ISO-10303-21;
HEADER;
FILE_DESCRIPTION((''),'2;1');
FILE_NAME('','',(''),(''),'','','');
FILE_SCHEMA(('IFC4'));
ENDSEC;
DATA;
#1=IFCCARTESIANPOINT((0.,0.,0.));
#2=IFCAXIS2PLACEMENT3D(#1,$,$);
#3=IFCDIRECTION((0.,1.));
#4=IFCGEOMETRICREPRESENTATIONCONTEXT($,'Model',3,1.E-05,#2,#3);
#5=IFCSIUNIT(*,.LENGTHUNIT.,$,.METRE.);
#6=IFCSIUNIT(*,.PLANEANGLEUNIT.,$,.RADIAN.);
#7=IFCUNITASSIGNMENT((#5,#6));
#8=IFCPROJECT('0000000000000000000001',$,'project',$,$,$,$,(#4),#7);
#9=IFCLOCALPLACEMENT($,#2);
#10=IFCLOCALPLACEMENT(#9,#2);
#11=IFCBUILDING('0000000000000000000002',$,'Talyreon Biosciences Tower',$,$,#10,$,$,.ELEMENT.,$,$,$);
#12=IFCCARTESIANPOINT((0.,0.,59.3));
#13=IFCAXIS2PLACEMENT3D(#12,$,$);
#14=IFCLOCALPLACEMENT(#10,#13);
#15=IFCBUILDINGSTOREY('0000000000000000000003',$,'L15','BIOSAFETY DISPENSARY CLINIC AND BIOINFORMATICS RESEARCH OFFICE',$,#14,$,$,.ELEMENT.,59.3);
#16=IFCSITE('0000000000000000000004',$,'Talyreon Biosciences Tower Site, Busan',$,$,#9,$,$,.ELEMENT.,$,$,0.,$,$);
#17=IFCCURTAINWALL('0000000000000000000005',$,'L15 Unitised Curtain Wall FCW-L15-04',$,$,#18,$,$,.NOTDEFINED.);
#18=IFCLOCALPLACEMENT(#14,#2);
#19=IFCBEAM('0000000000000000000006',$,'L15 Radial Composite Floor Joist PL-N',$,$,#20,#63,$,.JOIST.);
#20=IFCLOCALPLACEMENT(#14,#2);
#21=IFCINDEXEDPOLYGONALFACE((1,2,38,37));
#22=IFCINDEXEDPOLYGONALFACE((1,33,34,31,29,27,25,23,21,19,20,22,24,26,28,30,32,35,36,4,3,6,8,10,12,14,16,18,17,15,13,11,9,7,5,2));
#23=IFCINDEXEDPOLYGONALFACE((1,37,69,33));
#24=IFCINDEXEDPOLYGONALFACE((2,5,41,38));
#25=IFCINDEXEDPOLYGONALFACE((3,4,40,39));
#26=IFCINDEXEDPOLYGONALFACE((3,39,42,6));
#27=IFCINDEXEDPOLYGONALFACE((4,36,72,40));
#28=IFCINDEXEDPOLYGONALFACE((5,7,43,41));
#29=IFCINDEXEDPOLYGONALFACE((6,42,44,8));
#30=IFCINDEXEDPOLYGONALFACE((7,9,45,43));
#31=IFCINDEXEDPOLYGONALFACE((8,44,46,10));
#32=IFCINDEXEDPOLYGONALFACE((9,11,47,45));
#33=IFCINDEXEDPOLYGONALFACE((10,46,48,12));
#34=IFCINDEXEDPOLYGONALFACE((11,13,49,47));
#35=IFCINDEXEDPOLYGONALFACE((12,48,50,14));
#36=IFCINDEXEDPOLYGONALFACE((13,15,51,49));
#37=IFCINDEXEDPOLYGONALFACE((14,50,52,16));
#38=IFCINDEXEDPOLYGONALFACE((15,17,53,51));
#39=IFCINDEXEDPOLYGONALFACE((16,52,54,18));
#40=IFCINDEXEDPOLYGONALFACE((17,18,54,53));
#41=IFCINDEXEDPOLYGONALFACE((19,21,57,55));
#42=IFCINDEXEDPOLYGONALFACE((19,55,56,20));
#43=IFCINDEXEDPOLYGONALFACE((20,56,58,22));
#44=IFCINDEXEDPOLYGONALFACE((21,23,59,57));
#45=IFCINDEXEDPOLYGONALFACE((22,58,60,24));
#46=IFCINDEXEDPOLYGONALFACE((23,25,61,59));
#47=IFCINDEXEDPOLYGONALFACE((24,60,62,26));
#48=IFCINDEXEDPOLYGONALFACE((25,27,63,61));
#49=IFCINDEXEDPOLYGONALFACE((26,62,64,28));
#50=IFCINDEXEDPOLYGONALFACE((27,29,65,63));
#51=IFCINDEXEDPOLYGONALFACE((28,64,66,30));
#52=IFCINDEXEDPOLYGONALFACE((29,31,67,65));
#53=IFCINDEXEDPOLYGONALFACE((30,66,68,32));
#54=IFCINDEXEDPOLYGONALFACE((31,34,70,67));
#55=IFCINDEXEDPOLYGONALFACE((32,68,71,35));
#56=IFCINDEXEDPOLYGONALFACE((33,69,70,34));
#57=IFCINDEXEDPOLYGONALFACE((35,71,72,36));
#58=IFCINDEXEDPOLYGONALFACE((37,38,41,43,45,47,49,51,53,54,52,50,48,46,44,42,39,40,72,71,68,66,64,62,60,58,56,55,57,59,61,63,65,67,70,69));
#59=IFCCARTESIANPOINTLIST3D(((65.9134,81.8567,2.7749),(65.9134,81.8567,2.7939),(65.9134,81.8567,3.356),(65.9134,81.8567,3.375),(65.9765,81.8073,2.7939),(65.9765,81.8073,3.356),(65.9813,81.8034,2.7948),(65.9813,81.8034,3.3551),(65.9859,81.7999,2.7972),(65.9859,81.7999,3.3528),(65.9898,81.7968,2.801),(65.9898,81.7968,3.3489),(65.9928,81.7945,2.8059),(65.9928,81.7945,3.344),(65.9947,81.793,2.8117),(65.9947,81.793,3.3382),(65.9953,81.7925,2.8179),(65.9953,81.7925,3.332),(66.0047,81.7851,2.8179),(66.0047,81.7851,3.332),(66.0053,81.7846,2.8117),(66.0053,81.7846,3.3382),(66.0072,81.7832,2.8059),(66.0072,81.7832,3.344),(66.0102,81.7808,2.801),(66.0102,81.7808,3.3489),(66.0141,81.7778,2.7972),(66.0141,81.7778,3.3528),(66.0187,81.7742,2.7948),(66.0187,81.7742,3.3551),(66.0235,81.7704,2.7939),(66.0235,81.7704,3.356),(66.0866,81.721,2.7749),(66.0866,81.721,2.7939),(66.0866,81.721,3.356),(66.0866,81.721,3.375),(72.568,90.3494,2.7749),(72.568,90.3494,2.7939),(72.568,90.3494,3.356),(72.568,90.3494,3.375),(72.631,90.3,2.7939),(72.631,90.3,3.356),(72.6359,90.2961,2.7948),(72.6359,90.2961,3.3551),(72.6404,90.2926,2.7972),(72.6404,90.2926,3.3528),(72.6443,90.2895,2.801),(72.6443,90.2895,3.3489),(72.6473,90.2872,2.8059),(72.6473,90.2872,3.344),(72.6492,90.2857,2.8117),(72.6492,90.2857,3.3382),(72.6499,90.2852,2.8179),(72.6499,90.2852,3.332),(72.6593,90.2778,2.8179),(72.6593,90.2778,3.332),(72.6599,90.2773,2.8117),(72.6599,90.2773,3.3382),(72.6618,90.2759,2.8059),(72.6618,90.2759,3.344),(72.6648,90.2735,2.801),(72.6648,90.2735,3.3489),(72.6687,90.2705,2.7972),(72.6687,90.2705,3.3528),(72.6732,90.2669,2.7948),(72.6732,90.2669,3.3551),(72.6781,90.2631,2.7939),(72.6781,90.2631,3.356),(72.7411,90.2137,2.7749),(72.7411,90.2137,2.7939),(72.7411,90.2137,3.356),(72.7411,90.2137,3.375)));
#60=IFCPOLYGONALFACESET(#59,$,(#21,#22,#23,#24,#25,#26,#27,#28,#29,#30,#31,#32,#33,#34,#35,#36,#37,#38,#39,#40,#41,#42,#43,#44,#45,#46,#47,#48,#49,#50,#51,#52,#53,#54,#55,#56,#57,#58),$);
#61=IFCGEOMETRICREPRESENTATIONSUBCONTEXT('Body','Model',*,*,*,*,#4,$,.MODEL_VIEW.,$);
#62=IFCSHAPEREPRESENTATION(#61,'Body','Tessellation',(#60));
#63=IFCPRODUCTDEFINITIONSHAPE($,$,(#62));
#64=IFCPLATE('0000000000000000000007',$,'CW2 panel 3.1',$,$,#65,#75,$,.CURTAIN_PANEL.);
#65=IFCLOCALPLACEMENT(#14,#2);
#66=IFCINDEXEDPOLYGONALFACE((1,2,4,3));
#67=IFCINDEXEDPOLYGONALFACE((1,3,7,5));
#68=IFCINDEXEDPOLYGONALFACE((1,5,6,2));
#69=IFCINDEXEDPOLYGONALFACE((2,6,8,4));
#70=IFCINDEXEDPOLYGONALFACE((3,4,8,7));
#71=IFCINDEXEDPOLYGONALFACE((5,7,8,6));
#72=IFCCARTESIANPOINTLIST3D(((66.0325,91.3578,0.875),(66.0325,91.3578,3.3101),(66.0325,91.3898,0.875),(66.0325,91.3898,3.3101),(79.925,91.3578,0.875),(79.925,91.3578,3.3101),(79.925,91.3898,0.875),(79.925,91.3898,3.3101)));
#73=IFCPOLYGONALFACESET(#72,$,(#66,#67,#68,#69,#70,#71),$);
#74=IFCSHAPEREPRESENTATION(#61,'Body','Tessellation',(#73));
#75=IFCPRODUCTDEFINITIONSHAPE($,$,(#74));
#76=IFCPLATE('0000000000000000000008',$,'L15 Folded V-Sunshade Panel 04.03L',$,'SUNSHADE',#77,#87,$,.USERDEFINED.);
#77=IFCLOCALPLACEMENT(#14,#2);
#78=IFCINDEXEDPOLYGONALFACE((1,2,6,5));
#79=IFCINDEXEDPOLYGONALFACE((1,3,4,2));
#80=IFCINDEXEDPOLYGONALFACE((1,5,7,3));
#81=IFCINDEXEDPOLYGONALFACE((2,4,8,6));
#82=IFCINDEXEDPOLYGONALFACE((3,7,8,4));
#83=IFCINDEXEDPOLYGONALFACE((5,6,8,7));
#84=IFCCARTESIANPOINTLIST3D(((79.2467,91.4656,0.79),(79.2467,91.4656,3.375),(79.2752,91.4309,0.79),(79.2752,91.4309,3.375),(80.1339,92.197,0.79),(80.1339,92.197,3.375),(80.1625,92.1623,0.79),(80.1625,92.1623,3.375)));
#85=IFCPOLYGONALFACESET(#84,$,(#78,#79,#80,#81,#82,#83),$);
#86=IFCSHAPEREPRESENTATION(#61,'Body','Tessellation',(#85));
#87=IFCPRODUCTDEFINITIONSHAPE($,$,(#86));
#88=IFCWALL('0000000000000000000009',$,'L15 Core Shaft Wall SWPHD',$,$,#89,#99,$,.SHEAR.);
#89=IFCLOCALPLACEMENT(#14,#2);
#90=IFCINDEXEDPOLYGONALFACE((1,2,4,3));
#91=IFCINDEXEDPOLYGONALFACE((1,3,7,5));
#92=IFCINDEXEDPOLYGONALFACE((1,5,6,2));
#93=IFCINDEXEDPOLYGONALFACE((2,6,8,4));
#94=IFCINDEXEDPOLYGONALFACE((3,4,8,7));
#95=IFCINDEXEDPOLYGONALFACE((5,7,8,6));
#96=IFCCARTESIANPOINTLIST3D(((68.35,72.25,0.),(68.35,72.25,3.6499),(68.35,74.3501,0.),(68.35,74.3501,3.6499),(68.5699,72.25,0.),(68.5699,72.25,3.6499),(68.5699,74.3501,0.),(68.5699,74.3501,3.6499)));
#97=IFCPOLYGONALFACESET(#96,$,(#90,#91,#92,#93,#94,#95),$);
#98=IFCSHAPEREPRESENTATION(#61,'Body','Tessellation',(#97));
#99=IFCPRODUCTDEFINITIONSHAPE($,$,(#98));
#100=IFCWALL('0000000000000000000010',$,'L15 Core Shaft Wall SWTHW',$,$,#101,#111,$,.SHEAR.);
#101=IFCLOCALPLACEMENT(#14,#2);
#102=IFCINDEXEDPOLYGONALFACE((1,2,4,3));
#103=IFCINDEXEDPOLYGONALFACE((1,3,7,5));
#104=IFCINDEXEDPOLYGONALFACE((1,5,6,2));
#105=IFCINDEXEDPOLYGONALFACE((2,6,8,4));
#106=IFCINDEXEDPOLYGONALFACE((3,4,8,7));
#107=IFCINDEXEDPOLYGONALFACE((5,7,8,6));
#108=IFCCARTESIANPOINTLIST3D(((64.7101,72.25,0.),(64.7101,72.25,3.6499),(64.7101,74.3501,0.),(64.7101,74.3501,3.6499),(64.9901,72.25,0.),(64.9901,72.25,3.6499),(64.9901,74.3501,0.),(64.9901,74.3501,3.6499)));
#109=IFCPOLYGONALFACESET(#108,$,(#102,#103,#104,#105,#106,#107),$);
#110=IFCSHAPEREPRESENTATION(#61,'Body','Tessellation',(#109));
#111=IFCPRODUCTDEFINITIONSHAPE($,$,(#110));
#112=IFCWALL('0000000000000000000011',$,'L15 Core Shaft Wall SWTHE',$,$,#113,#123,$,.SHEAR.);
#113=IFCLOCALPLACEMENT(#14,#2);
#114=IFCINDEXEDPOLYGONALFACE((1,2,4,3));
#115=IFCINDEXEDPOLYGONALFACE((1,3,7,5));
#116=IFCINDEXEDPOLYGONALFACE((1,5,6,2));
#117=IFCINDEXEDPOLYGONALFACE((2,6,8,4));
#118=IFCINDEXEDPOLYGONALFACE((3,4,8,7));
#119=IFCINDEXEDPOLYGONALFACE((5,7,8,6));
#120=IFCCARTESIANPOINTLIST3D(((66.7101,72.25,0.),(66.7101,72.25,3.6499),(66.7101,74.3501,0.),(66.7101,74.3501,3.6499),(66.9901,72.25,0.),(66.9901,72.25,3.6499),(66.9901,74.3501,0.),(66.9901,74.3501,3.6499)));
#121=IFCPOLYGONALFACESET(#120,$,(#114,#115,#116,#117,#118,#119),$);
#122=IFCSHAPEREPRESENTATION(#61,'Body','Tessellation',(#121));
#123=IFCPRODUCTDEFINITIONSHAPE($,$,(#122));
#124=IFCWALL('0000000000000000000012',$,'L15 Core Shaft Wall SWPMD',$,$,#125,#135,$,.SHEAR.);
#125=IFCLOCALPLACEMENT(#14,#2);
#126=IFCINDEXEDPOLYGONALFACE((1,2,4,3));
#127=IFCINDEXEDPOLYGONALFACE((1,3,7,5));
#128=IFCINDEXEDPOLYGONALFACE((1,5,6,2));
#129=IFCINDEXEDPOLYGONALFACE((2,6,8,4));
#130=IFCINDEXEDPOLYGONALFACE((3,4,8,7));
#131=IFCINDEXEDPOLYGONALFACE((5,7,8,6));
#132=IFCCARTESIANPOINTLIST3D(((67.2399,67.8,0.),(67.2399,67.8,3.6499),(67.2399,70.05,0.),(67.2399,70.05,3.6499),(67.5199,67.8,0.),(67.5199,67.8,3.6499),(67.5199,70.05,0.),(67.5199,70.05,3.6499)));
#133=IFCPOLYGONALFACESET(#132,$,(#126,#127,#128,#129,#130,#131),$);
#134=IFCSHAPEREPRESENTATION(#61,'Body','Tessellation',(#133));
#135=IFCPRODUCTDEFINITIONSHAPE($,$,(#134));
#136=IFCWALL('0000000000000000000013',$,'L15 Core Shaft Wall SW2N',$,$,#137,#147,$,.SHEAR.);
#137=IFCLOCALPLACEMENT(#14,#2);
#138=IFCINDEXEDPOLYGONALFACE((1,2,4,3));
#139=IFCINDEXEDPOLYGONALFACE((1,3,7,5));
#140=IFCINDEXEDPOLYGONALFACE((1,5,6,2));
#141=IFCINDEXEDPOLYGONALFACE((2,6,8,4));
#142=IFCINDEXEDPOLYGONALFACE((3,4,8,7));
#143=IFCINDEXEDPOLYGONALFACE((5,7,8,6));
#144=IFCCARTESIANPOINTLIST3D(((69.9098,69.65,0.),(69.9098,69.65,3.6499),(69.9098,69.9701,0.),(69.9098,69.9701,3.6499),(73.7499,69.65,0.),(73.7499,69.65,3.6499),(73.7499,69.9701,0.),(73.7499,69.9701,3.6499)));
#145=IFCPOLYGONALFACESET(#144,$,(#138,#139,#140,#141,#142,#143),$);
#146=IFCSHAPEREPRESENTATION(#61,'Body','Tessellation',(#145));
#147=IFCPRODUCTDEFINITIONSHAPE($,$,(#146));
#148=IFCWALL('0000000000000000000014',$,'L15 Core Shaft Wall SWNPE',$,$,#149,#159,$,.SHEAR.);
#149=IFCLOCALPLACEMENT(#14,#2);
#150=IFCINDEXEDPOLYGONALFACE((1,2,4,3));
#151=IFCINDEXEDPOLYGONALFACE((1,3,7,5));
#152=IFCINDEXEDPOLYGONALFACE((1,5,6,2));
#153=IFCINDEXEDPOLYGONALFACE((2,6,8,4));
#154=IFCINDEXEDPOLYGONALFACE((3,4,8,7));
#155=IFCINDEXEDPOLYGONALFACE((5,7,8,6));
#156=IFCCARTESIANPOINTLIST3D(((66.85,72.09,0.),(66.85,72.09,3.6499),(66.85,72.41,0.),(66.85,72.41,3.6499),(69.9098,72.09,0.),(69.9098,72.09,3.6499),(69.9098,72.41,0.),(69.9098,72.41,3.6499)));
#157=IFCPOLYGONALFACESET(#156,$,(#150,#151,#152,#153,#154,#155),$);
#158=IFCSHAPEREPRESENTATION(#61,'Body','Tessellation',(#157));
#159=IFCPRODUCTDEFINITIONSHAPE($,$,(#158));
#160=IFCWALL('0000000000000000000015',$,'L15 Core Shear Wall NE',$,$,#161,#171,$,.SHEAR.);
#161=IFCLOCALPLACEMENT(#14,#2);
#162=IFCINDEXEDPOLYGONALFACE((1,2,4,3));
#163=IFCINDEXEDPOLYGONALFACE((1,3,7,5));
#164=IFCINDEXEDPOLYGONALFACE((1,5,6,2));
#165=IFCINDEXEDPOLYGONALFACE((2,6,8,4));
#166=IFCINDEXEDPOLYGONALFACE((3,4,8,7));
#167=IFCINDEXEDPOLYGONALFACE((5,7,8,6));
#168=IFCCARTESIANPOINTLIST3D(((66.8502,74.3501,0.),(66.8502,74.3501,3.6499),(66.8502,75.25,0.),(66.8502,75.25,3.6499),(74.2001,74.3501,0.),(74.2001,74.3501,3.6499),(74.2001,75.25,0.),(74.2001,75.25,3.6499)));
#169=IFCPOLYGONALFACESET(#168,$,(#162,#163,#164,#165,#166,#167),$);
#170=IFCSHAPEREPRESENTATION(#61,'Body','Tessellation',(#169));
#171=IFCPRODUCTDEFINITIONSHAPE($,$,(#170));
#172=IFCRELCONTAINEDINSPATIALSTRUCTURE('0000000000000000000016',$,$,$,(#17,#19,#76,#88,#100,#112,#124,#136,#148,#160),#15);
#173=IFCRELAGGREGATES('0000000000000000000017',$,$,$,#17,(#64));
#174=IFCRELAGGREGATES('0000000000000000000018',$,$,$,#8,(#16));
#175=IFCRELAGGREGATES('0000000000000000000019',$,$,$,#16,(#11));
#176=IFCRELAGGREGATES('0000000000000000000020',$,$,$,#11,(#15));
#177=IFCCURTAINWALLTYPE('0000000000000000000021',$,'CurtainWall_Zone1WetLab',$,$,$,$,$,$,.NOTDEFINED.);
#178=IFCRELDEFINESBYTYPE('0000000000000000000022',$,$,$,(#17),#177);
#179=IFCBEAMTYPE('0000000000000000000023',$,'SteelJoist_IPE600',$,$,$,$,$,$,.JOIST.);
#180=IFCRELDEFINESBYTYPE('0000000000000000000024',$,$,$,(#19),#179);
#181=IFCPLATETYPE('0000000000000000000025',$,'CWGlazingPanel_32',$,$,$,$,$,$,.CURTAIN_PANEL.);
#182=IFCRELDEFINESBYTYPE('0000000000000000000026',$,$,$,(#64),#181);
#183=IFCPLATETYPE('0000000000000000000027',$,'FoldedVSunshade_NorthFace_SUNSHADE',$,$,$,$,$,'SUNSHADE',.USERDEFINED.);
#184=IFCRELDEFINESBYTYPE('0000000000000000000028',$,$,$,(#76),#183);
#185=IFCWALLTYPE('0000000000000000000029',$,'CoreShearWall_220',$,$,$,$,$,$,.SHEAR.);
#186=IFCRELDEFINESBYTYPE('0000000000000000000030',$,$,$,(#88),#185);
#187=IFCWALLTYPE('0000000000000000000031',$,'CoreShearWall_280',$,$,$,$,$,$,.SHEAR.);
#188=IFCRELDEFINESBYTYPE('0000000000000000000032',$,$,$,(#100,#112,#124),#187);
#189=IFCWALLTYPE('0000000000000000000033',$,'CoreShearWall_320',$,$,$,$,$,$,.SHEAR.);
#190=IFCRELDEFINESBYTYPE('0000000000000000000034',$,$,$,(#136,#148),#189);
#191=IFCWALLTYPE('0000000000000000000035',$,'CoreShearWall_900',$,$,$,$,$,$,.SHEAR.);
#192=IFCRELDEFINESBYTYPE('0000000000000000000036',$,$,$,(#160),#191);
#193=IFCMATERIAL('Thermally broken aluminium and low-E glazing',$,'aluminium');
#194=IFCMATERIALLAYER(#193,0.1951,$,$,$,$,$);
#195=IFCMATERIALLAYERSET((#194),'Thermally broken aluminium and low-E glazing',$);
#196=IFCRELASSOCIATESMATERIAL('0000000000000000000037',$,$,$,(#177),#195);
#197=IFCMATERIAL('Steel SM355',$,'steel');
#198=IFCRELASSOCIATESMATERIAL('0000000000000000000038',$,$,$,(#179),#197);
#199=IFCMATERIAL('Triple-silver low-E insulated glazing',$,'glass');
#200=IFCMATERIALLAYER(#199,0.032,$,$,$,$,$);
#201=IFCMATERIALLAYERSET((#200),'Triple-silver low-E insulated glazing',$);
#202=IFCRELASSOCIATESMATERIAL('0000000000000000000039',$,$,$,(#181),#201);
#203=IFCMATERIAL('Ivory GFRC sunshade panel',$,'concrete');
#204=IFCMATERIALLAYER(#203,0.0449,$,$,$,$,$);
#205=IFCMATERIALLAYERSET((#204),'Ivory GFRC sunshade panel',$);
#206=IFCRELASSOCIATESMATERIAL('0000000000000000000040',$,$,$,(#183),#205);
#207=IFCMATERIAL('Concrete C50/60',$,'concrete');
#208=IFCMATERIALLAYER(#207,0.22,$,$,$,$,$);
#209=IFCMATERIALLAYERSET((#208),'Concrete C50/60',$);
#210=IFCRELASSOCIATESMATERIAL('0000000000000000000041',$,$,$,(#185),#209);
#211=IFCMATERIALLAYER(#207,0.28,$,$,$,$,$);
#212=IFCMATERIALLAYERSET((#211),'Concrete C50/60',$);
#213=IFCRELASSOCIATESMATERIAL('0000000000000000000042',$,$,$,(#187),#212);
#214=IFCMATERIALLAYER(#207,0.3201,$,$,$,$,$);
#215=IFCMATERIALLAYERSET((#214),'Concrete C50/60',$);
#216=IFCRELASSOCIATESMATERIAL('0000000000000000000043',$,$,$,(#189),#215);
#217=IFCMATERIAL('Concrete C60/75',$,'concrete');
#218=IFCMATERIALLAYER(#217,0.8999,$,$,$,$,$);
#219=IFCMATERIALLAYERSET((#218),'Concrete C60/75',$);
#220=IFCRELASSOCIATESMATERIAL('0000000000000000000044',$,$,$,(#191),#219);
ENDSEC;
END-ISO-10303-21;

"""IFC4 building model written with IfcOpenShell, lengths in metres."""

from ifc_helpers import new_model, si_unit, direction, frame, frame_2d, origin, origin_2d, place, context, subcontext, project, spatial, rectangle, i_section, extrude, material, layer, layer_set, material_profile, profile_set, type_object, element, aggregate, save


model = new_model("IFC4")

# Units and contexts
model_context = context("Model", 3, precision=1e-05, world=origin(), true_north=direction((0.0, 1.0)))
body_context = subcontext(model_context, "Body", "Model", "MODEL_VIEW")
ifc_project = project(units=[si_unit("LENGTHUNIT", "METRE"), si_unit("PLANEANGLEUNIT", "RADIAN")], contexts=[model_context])

# Site, building, storey
site_placement = place(None, origin())
site = spatial("IfcSite", under=ifc_project, at=site_placement, Name="Talyreon Biosciences Tower Site, Busan", CompositionType="ELEMENT", RefElevation=0.0)
building_placement = place(site_placement, origin())
building = spatial("IfcBuilding", under=site, at=building_placement, Name="Talyreon Biosciences Tower", CompositionType="ELEMENT")
storey_placement = place(building_placement, frame((0.0, 0.0, 59.3)))
storey = spatial("IfcBuildingStorey", under=building, at=storey_placement, Name="L15", Description="BIOSAFETY DISPENSARY CLINIC AND BIOINFORMATICS RESEARCH OFFICE", CompositionType="ELEMENT", Elevation=59.3)

# Shared definitions
ifc_material_1 = material(Name="Concrete C60/75", Category="concrete")

# Curtain wall
ifc_material_2 = material(Name="Thermally broken aluminium and low-E glazing", Category="aluminium")
ifc_layer_1 = layer(ifc_material_2, 0.1951)
ifc_layer_set_1 = layer_set([ifc_layer_1], Name="Thermally broken aluminium and low-E glazing")
curtain_wall_type = type_object("IfcCurtainWallType", Name="CurtainWall_Zone1WetLab", PredefinedType="NOTDEFINED", material=ifc_layer_set_1)
curtain_wall_placement = place(storey_placement, origin())
curtain_wall = element("IfcCurtainWall", 1, at=curtain_wall_placement, inside=storey, type_object=curtain_wall_type, Name="L15 Unitised Curtain Wall FCW-L15-04", PredefinedType="NOTDEFINED")

# Beam
ifc_material_3 = material(Name="Steel SM355", Category="steel")
ifc_material_profile_1 = material_profile(ifc_material_3, i_section(OverallWidth=0.22, OverallDepth=0.6001, WebThickness=0.012, FlangeThickness=0.019, FilletRadius=0.0239, at=origin_2d()), Name="IPE600")
ifc_profile_set_1 = profile_set([ifc_material_profile_1], Name="Steel SM355")
beam_type_1 = type_object("IfcBeamType", Name="SteelJoist_IPE600", PredefinedType="JOIST", material=ifc_profile_set_1)
beam_1_placement = place(storey_placement, frame((66.0, 81.7888, 3.075), z_axis=(0.616774, 0.787141, 0.0), x_axis=(-0.787141, 0.616774, 0.0)))
element("IfcBeam", 2, at=beam_1_placement, inside=storey, type_object=beam_type_1, Name="L15 Radial Composite Floor Joist PL-N", PredefinedType="JOIST", context=body_context, shape_type="SweptSolid", body=[
    extrude(i_section(OverallWidth=0.22, OverallDepth=0.6001, WebThickness=0.012, FlangeThickness=0.019, FilletRadius=0.0239, at=origin_2d()), origin(), (0.0, 0.0, 1.0), 10.7893),
])

# Plates
ifc_material_4 = material(Name="Triple-silver low-E insulated glazing", Category="glass")
ifc_layer_2 = layer(ifc_material_4, 0.032)
ifc_layer_set_2 = layer_set([ifc_layer_2], Name="Triple-silver low-E insulated glazing")
plate_type_1 = type_object("IfcPlateType", Name="CWGlazingPanel_32", PredefinedType="CURTAIN_PANEL", material=ifc_layer_set_2)
plate_1_placement = place(storey_placement, frame((72.9788, 91.3738, 0.875), z_axis=(0.0, 0.0, 1.0), x_axis=(1.0, 0.0, 0.0)))
plate_1 = element("IfcPlate", 3, at=plate_1_placement, type_object=plate_type_1, Name="CW2 panel 3.1", PredefinedType="CURTAIN_PANEL", context=body_context, shape_type="SweptSolid", body=[
    extrude(rectangle(XDim=13.8926, YDim=0.032, at=origin_2d()), origin(), (0.0, 0.0, 1.0), 2.4351),
])
aggregate(curtain_wall, [plate_1])
ifc_material_5 = material(Name="Ivory GFRC sunshade panel", Category="concrete")
ifc_layer_3 = layer(ifc_material_5, 0.0449)
ifc_layer_set_3 = layer_set([ifc_layer_3], Name="Ivory GFRC sunshade panel")
plate_type_2 = type_object("IfcPlateType", Name="FoldedVSunshade_NorthFace_SUNSHADE", ElementType="SUNSHADE", PredefinedType="USERDEFINED", material=ifc_layer_set_3)
plate_2_placement = place(storey_placement, frame((79.7046, 91.814, 0.79), z_axis=(0.0, 0.0, 1.0), x_axis=(0.771625, 0.636078, 0.0)))
element("IfcPlate", 4, at=plate_2_placement, inside=storey, type_object=plate_type_2, Name="L15 Folded V-Sunshade Panel 04.03L", ObjectType="SUNSHADE", PredefinedType="USERDEFINED", context=body_context, shape_type="SweptSolid", body=[
    extrude(rectangle(XDim=1.1499, YDim=0.0449, at=origin_2d()), origin(), (0.0, 0.0, 1.0), 2.585),
])

# Walls
ifc_material_6 = material(Name="Concrete C50/60", Category="concrete")
ifc_layer_4 = layer(ifc_material_6, 0.22)
ifc_layer_set_4 = layer_set([ifc_layer_4], Name="Concrete C50/60")
wall_type_1 = type_object("IfcWallType", Name="CoreShearWall_220", PredefinedType="SHEAR", material=ifc_layer_set_4)
wall_1_placement = place(storey_placement, frame((68.46, 72.25, 0.0), z_axis=(0.0, 0.0, 1.0), x_axis=(0.0, 1.0, 0.0)))
element("IfcWall", 5, at=wall_1_placement, inside=storey, type_object=wall_type_1, Name="L15 Core Shaft Wall SWPHD", PredefinedType="SHEAR", context=body_context, shape_type="SweptSolid", body=[
    extrude(rectangle(XDim=2.1001, YDim=0.22, at=frame_2d((1.05, 0.0))), origin(), (0.0, 0.0, 1.0), 3.6499),
])
ifc_layer_5 = layer(ifc_material_6, 0.28)
ifc_layer_set_5 = layer_set([ifc_layer_5], Name="Concrete C50/60")
wall_type_2 = type_object("IfcWallType", Name="CoreShearWall_280", PredefinedType="SHEAR", material=ifc_layer_set_5)
for number, where, z_axis, x_axis, name in (
    (6, (64.8501, 72.25, 0.0), (0.0, 0.0, 1.0), (0.0, 1.0, 0.0), "L15 Core Shaft Wall SWTHW"),
    (7, (66.8501, 72.25, 0.0), (0.0, 0.0, 1.0), (0.0, 1.0, 0.0), "L15 Core Shaft Wall SWTHE"),
):
    element("IfcWall", number, at=place(storey_placement, frame(where, z_axis=z_axis, x_axis=x_axis)), inside=storey, type_object=wall_type_2, Name=name, PredefinedType="SHEAR", context=body_context, shape_type="SweptSolid", body=[
        extrude(rectangle(XDim=2.1001, YDim=0.28, at=frame_2d((1.05, 0.0))), origin(), (0.0, 0.0, 1.0), 3.6499),
    ])
wall_2_placement = place(storey_placement, frame((67.3799, 67.8, 0.0), z_axis=(0.0, 0.0, 1.0), x_axis=(0.0, 1.0, 0.0)))
element("IfcWall", 8, at=wall_2_placement, inside=storey, type_object=wall_type_2, Name="L15 Core Shaft Wall SWPMD", PredefinedType="SHEAR", context=body_context, shape_type="SweptSolid", body=[
    extrude(rectangle(XDim=2.25, YDim=0.28, at=frame_2d((1.125, 0.0))), origin(), (0.0, 0.0, 1.0), 3.6499),
])
ifc_layer_6 = layer(ifc_material_6, 0.3201)
ifc_layer_set_6 = layer_set([ifc_layer_6], Name="Concrete C50/60")
wall_type_3 = type_object("IfcWallType", Name="CoreShearWall_320", PredefinedType="SHEAR", material=ifc_layer_set_6)
wall_3_placement = place(storey_placement, frame((69.9099, 69.8101, 0.0), z_axis=(0.0, 0.0, 1.0), x_axis=(1.0, 0.0, 0.0)))
element("IfcWall", 9, at=wall_3_placement, inside=storey, type_object=wall_type_3, Name="L15 Core Shaft Wall SW2N", PredefinedType="SHEAR", context=body_context, shape_type="SweptSolid", body=[
    extrude(rectangle(XDim=3.8401, YDim=0.3201, at=frame_2d((1.9199, 0.0))), origin(), (0.0, 0.0, 1.0), 3.6499),
])
wall_4_placement = place(storey_placement, frame((66.8501, 72.25, 0.0), z_axis=(0.0, 0.0, 1.0), x_axis=(1.0, 0.0, 0.0)))
element("IfcWall", 10, at=wall_4_placement, inside=storey, type_object=wall_type_3, Name="L15 Core Shaft Wall SWNPE", PredefinedType="SHEAR", context=body_context, shape_type="SweptSolid", body=[
    extrude(rectangle(XDim=3.0598, YDim=0.3201, at=frame_2d((1.5298, 0.0))), origin(), (0.0, 0.0, 1.0), 3.6499),
])
ifc_layer_7 = layer(ifc_material_1, 0.8999)
ifc_layer_set_7 = layer_set([ifc_layer_7], Name="Concrete C60/75")
wall_type_4 = type_object("IfcWallType", Name="CoreShearWall_900", PredefinedType="SHEAR", material=ifc_layer_set_7)
wall_5_placement = place(storey_placement, frame((74.2, 74.8, 0.0), z_axis=(0.0, 0.0, 1.0), x_axis=(-1.0, 0.0, 0.0)))
element("IfcWall", 11, at=wall_5_placement, inside=storey, type_object=wall_type_4, Name="L15 Core Shear Wall NE", PredefinedType="SHEAR", context=body_context, shape_type="SweptSolid", body=[
    extrude(rectangle(XDim=7.3499, YDim=0.8999, at=frame_2d((3.6748, 0.0))), origin(), (0.0, 0.0, 1.0), 3.6499),
])

save(model, "model.ifc")
